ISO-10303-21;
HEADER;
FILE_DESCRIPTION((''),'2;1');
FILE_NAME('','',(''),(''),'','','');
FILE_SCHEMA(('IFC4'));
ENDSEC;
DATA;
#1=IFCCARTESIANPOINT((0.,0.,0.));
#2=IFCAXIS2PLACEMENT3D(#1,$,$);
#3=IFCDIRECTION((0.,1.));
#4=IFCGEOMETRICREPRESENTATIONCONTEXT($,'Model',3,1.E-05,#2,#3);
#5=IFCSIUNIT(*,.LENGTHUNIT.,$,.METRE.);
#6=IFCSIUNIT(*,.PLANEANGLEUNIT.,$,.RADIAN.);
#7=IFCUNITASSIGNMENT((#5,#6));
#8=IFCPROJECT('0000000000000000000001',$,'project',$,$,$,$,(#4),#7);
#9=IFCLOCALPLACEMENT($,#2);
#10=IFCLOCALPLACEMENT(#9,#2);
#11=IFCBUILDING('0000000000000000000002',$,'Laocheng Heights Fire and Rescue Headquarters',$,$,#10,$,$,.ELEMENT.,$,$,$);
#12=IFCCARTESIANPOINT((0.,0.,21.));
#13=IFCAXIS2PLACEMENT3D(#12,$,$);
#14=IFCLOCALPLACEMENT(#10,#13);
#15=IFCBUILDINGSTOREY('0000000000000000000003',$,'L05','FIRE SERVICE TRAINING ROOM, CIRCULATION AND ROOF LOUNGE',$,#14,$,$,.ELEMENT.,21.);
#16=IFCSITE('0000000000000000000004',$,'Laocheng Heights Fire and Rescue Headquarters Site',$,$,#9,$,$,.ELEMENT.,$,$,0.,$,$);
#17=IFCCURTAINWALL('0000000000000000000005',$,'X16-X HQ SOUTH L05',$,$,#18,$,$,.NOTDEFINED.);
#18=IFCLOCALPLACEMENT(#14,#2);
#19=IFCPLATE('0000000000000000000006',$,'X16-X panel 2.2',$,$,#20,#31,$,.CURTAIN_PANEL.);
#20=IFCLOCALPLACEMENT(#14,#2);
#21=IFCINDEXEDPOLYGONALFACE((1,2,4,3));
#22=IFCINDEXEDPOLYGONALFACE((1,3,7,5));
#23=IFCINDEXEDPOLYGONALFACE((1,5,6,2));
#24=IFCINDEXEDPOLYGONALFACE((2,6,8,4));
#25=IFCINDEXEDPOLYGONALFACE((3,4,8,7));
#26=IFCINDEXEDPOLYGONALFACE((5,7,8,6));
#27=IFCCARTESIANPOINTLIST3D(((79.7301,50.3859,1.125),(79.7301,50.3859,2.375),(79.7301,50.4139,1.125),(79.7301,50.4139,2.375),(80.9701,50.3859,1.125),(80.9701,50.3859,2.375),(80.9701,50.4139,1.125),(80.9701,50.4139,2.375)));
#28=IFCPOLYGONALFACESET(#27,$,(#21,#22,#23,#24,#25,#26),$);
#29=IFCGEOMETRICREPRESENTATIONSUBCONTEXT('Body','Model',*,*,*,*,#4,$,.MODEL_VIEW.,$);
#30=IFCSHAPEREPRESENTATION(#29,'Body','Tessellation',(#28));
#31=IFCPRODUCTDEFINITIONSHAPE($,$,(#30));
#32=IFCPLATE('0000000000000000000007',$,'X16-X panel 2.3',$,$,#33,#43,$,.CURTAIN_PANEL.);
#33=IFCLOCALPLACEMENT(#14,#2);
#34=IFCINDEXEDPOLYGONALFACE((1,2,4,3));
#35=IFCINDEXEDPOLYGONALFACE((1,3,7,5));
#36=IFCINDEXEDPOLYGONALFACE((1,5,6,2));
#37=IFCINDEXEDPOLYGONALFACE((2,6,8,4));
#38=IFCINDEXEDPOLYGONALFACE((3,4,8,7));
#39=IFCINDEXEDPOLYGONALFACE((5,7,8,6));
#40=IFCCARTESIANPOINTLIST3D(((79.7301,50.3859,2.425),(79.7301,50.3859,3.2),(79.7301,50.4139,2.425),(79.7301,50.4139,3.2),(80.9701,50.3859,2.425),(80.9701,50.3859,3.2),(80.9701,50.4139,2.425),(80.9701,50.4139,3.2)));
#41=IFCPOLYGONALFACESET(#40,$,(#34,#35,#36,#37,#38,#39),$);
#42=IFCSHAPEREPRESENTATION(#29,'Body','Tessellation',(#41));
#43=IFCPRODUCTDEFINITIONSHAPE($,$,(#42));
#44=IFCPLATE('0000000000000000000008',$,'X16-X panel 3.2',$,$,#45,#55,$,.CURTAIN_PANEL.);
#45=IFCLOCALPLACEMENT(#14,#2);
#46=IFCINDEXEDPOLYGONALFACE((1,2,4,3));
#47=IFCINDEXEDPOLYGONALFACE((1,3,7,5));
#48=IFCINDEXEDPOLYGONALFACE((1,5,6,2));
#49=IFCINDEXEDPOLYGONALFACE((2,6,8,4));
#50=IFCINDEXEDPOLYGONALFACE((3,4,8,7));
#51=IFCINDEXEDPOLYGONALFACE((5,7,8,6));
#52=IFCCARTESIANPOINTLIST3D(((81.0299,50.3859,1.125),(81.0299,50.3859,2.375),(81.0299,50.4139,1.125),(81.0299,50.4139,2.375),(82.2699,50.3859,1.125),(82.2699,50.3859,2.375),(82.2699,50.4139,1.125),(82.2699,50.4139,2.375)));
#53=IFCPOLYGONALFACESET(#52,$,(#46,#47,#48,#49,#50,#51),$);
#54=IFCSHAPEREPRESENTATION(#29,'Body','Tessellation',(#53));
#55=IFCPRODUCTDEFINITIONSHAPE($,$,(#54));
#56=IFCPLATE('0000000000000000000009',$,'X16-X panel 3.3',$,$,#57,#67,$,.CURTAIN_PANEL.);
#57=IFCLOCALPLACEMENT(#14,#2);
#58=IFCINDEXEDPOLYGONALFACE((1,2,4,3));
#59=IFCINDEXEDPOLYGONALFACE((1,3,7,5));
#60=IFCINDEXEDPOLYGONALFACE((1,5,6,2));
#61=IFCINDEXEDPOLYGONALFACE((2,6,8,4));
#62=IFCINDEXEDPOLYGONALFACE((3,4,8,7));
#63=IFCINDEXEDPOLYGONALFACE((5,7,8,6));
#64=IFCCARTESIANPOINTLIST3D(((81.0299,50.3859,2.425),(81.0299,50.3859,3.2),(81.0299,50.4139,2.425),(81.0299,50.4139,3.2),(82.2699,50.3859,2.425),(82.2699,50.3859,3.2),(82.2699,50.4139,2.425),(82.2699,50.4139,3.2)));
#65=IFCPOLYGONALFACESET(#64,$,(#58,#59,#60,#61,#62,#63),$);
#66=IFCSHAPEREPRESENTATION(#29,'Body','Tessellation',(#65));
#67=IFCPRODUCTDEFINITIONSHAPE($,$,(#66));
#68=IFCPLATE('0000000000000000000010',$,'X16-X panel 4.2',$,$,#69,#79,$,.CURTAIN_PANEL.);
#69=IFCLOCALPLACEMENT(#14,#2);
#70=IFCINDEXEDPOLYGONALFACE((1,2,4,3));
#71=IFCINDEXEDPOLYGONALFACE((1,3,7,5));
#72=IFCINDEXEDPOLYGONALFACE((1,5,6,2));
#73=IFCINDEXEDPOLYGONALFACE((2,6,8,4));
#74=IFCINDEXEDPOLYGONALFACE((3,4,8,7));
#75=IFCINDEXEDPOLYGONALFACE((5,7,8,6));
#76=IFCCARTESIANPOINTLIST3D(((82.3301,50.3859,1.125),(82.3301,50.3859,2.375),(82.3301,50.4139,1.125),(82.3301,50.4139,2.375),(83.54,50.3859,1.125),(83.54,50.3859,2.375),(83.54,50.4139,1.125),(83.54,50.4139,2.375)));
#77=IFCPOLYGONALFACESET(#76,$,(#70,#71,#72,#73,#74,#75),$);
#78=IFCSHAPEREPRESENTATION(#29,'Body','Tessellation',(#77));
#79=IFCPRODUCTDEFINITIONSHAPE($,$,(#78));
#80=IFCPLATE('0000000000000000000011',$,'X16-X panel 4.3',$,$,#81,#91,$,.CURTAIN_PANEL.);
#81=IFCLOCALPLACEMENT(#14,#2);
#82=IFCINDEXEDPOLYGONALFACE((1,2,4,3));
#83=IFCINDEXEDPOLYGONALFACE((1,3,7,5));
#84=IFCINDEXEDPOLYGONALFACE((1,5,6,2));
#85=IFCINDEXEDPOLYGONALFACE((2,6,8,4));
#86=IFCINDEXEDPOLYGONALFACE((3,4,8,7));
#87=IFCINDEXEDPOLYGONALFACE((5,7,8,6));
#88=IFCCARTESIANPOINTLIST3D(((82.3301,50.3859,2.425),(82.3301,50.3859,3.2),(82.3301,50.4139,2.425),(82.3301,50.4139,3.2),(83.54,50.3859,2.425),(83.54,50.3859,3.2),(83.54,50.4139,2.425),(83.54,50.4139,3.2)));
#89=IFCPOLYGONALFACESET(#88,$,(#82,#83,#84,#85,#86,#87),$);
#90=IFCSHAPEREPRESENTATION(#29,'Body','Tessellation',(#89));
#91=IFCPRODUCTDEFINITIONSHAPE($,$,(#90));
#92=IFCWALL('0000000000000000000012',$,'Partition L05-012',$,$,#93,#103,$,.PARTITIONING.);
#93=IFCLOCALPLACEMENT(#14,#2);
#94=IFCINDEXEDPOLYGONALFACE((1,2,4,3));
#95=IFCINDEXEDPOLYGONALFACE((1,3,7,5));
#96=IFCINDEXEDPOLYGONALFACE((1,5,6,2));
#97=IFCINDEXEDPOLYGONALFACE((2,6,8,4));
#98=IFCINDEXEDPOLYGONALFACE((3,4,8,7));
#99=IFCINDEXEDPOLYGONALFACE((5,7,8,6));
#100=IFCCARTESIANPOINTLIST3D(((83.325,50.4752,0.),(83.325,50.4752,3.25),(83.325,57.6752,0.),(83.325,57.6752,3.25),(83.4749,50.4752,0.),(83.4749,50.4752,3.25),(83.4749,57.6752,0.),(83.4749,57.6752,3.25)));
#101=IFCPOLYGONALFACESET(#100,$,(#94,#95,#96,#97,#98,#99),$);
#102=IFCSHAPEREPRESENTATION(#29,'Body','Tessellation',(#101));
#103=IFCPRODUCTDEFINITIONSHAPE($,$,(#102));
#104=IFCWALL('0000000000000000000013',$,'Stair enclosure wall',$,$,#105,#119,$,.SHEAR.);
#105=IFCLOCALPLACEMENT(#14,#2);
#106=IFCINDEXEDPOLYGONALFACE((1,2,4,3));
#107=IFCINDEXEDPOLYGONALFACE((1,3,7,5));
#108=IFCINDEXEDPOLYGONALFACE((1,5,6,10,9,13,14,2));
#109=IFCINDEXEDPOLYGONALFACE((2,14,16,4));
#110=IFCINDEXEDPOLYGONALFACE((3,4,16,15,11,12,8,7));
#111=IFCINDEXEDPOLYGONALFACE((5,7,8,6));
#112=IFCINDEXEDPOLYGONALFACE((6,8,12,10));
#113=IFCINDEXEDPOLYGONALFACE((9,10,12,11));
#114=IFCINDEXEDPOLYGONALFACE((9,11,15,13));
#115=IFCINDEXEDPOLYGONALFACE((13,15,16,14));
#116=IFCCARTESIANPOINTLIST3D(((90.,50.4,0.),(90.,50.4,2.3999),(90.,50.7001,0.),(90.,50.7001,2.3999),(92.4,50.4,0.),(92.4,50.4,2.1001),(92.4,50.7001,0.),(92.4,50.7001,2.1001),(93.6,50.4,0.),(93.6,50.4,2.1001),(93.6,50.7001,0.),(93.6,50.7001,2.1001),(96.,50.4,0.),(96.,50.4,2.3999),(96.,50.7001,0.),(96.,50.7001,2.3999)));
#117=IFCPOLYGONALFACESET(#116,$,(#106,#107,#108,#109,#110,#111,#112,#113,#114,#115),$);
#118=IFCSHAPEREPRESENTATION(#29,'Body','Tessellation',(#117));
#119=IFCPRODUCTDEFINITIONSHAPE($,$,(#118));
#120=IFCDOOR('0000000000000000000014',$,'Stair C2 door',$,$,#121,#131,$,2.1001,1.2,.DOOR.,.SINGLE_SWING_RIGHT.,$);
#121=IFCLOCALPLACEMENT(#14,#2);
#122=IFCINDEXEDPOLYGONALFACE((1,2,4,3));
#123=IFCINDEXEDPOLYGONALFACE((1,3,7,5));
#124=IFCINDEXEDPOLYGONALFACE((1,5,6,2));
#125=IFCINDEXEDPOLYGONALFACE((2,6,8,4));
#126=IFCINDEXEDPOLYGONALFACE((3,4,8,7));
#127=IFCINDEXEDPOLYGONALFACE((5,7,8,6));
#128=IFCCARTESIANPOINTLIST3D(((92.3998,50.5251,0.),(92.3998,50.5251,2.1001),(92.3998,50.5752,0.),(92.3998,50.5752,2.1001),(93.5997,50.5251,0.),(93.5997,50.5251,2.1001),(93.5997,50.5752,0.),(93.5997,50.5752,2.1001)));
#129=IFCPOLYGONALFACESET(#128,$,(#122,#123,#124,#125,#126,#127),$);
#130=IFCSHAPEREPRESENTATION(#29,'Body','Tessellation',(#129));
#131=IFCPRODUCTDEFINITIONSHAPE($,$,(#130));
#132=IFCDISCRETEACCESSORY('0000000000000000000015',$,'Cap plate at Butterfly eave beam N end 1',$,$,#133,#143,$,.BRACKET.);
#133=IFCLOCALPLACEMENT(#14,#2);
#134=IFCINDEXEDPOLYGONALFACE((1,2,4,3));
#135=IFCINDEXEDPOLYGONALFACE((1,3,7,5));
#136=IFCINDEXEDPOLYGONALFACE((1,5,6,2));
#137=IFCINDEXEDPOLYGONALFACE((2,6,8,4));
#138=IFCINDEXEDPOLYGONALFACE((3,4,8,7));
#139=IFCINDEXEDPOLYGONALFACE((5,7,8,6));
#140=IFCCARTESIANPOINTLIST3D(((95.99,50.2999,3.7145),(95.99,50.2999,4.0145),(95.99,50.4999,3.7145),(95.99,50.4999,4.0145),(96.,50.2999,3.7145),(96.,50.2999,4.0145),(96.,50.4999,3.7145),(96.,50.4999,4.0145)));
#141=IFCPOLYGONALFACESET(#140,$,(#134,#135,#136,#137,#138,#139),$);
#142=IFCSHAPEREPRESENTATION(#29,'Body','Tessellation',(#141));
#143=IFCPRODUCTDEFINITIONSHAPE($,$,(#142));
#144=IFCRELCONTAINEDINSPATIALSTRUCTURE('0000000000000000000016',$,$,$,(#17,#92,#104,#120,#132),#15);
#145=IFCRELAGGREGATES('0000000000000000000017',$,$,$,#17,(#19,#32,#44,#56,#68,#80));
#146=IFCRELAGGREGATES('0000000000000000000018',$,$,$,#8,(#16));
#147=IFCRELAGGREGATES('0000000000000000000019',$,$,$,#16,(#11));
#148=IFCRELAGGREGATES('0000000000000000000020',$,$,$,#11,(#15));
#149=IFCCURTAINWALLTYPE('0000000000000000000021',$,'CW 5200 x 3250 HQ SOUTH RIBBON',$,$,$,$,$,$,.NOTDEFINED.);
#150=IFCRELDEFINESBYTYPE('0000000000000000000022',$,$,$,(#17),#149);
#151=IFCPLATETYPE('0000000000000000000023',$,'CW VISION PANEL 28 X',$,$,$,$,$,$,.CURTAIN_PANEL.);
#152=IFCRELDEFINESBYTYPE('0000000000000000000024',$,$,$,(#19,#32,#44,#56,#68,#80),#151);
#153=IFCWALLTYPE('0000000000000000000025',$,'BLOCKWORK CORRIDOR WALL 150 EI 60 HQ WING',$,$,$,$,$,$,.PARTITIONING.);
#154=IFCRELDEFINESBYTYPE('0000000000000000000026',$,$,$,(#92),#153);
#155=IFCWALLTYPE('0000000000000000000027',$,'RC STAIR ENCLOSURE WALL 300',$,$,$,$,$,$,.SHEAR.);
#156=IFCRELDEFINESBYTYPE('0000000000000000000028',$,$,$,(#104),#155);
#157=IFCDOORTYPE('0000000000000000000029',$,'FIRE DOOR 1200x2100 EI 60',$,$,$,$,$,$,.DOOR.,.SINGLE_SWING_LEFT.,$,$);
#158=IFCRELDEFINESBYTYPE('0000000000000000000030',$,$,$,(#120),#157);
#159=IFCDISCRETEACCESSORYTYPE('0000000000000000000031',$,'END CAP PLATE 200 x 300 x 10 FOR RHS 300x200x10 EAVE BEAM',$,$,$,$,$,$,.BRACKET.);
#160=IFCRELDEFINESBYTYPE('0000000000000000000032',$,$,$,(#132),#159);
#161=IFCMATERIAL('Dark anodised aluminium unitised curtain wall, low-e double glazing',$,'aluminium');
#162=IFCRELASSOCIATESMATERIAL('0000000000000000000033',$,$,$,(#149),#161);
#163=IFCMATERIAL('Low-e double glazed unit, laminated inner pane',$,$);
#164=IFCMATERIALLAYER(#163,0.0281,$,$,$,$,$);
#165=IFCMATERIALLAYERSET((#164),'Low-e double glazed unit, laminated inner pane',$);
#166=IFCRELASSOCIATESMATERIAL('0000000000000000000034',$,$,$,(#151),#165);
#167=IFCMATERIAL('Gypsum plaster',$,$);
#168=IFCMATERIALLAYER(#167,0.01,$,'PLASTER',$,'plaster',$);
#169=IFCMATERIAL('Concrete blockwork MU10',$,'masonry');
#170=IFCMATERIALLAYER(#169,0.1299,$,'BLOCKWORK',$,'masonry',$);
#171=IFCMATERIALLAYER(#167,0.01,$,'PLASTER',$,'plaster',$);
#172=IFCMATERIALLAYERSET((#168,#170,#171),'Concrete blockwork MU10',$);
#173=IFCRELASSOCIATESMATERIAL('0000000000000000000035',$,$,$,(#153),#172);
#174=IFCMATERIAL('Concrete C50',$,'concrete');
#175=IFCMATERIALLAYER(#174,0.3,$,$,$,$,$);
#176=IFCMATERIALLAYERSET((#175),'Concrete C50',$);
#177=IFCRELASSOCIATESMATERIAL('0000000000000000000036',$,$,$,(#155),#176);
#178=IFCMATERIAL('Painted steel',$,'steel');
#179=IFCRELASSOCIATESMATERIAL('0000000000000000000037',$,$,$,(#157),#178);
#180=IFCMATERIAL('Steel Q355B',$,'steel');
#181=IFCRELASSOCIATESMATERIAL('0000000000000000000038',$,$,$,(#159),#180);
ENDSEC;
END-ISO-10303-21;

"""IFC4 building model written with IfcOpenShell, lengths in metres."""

from ifc_helpers import new_model, si_unit, direction, frame, frame_2d, origin, origin_2d, place, context, subcontext, project, spatial, rectangle, extrude, material, layer, layer_set, material_profile, profile_set, type_object, element, fill, aggregate, save


model = new_model("IFC4")

# Units and contexts
model_context = context("Model", 3, precision=1e-05, world=origin(), true_north=direction((0.0, 1.0)))
body_context = subcontext(model_context, "Body", "Model", "MODEL_VIEW")
ifc_project = project(units=[si_unit("LENGTHUNIT", "METRE"), si_unit("PLANEANGLEUNIT", "RADIAN")], contexts=[model_context])

# Site, building, storey
site_placement = place(None, origin())
site = spatial("IfcSite", under=ifc_project, at=site_placement, Name="Laocheng Heights Fire and Rescue Headquarters Site", CompositionType="ELEMENT", RefElevation=0.0)
building_placement = place(site_placement, origin())
building = spatial("IfcBuilding", under=site, at=building_placement, Name="Laocheng Heights Fire and Rescue Headquarters", CompositionType="ELEMENT")
storey_placement = place(building_placement, frame((0.0, 0.0, 21.0)))
storey = spatial("IfcBuildingStorey", under=building, at=storey_placement, Name="L05", Description="FIRE SERVICE TRAINING ROOM, CIRCULATION AND ROOF LOUNGE", CompositionType="ELEMENT", Elevation=21.0)

# Curtain wall
ifc_material_1 = material(Name="Dark anodised aluminium unitised curtain wall, low-e double glazing", Category="aluminium")
curtain_wall_type = type_object("IfcCurtainWallType", Name="CW 5200 x 3250 HQ SOUTH RIBBON", PredefinedType="NOTDEFINED", material=ifc_material_1)
curtain_wall_placement = place(storey_placement, origin())
curtain_wall = element("IfcCurtainWall", 1, at=curtain_wall_placement, inside=storey, type_object=curtain_wall_type, Name="X16-X HQ SOUTH L05", PredefinedType="NOTDEFINED")

# Plates
ifc_material_2 = material(Name="Low-e double glazed unit, laminated inner pane")
ifc_layer_1 = layer(ifc_material_2, 0.0281)
ifc_layer_set_1 = layer_set([ifc_layer_1], Name="Low-e double glazed unit, laminated inner pane")
plate_type_1 = type_object("IfcPlateType", Name="CW VISION PANEL 28 X", PredefinedType="CURTAIN_PANEL", material=ifc_layer_set_1)
plate_1_placement = place(storey_placement, frame((80.3501, 50.3999, 1.125), z_axis=(0.0, 0.0, 1.0), x_axis=(1.0, 0.0, 0.0)))
plate_1 = element("IfcPlate", 2, at=plate_1_placement, type_object=plate_type_1, Name="X16-X panel 2.2", PredefinedType="CURTAIN_PANEL", context=body_context, shape_type="SweptSolid", body=[
    extrude(rectangle(XDim=1.24, YDim=0.0281, at=origin_2d()), origin(), (0.0, 0.0, 1.0), 1.25),
])
plate_2_placement = place(storey_placement, frame((80.3501, 50.3999, 2.425), z_axis=(0.0, 0.0, 1.0), x_axis=(1.0, 0.0, 0.0)))
plate_2 = element("IfcPlate", 3, at=plate_2_placement, type_object=plate_type_1, Name="X16-X panel 2.3", PredefinedType="CURTAIN_PANEL", context=body_context, shape_type="SweptSolid", body=[
    extrude(rectangle(XDim=1.24, YDim=0.0281, at=origin_2d()), origin(), (0.0, 0.0, 1.0), 0.7749),
])
plate_3_placement = place(storey_placement, frame((81.6499, 50.3999, 1.125), z_axis=(0.0, 0.0, 1.0), x_axis=(1.0, 0.0, 0.0)))
plate_3 = element("IfcPlate", 4, at=plate_3_placement, type_object=plate_type_1, Name="X16-X panel 3.2", PredefinedType="CURTAIN_PANEL", context=body_context, shape_type="SweptSolid", body=[
    extrude(rectangle(XDim=1.24, YDim=0.0281, at=origin_2d()), origin(), (0.0, 0.0, 1.0), 1.25),
])
plate_4_placement = place(storey_placement, frame((81.6499, 50.3999, 2.425), z_axis=(0.0, 0.0, 1.0), x_axis=(1.0, 0.0, 0.0)))
plate_4 = element("IfcPlate", 5, at=plate_4_placement, type_object=plate_type_1, Name="X16-X panel 3.3", PredefinedType="CURTAIN_PANEL", context=body_context, shape_type="SweptSolid", body=[
    extrude(rectangle(XDim=1.24, YDim=0.0281, at=origin_2d()), origin(), (0.0, 0.0, 1.0), 0.7749),
])
plate_5_placement = place(storey_placement, frame((82.9351, 50.3999, 1.125), z_axis=(0.0, 0.0, 1.0), x_axis=(1.0, 0.0, 0.0)))
plate_5 = element("IfcPlate", 6, at=plate_5_placement, type_object=plate_type_1, Name="X16-X panel 4.2", PredefinedType="CURTAIN_PANEL", context=body_context, shape_type="SweptSolid", body=[
    extrude(rectangle(XDim=1.21, YDim=0.0281, at=origin_2d()), origin(), (0.0, 0.0, 1.0), 1.25),
])
plate_6_placement = place(storey_placement, frame((82.9351, 50.3999, 2.425), z_axis=(0.0, 0.0, 1.0), x_axis=(1.0, 0.0, 0.0)))
plate_6 = element("IfcPlate", 7, at=plate_6_placement, type_object=plate_type_1, Name="X16-X panel 4.3", PredefinedType="CURTAIN_PANEL", context=body_context, shape_type="SweptSolid", body=[
    extrude(rectangle(XDim=1.21, YDim=0.0281, at=origin_2d()), origin(), (0.0, 0.0, 1.0), 0.7749),
])
aggregate(curtain_wall, [plate_1, plate_2, plate_3, plate_4, plate_5, plate_6])

# Wall
ifc_material_3 = material(Name="Gypsum plaster")
ifc_layer_2 = layer(ifc_material_3, 0.01, Name="PLASTER", Category="plaster")
ifc_material_4 = material(Name="Concrete blockwork MU10", Category="masonry")
ifc_layer_3 = layer(ifc_material_4, 0.1299, Name="BLOCKWORK", Category="masonry")
ifc_layer_4 = layer(ifc_material_3, 0.01, Name="PLASTER", Category="plaster")
ifc_layer_set_2 = layer_set([ifc_layer_2, ifc_layer_3, ifc_layer_4], Name="Concrete blockwork MU10")
wall_type_1 = type_object("IfcWallType", Name="BLOCKWORK CORRIDOR WALL 150 EI 60 HQ WING", PredefinedType="PARTITIONING", material=ifc_layer_set_2)
wall_1_placement = place(storey_placement, frame((83.3999, 50.4751, 0.0), z_axis=(0.0, 0.0, 1.0), x_axis=(0.0, 1.0, 0.0)))
element("IfcWall", 8, at=wall_1_placement, inside=storey, type_object=wall_type_1, Name="Partition L05-012", PredefinedType="PARTITIONING", context=body_context, shape_type="SweptSolid", body=[
    extrude(rectangle(XDim=7.2, YDim=0.1499, at=frame_2d((3.6001, 0.0))), origin(), (0.0, 0.0, 1.0), 3.25),
])

# Wall, opening, door
ifc_material_5 = material(Name="Concrete C50", Category="concrete")
ifc_layer_5 = layer(ifc_material_5, 0.3)
ifc_layer_set_3 = layer_set([ifc_layer_5], Name="Concrete C50")
wall_type_2 = type_object("IfcWallType", Name="RC STAIR ENCLOSURE WALL 300", PredefinedType="SHEAR", material=ifc_layer_set_3)
wall_2_placement = place(storey_placement, frame((90.0, 50.55, 0.0), z_axis=(0.0, 0.0, 1.0), x_axis=(1.0, 0.0, 0.0)))
wall_2 = element("IfcWall", 9, at=wall_2_placement, inside=storey, type_object=wall_type_2, Name="Stair enclosure wall", PredefinedType="SHEAR", context=body_context, shape_type="SweptSolid", body=[
    extrude(rectangle(XDim=6.0, YDim=0.3, at=frame_2d((3.0, 0.0))), origin(), (0.0, 0.0, 1.0), 2.3999),
])
opening_placement = place(wall_2_placement, frame((2.3999, 0.0, 0.0)))
opening = element("IfcOpeningElement", 10, at=opening_placement, cuts=wall_2, PredefinedType="OPENING", context=body_context, shape_type="SweptSolid", body=[
    extrude(rectangle(XDim=1.2, YDim=2.1001, at=frame_2d((0.6001, 1.05))), frame((0.0, 0.1599, 0.0), z_axis=(0.0, -1.0, 0.0), x_axis=(1.0, 0.0, 0.0)), (0.0, 0.0, 1.0), 0.3201),
])
ifc_material_6 = material(Name="Painted steel", Category="steel")
door_type = type_object("IfcDoorType", Name="FIRE DOOR 1200x2100 EI 60", OperationType="SINGLE_SWING_LEFT", PredefinedType="DOOR", material=ifc_material_6)
door_placement = place(opening_placement, frame((1.2, 0.0, 0.0), z_axis=(0.0, 0.0, 1.0), x_axis=(-1.0, 0.0, 0.0)))
door = element("IfcDoor", 11, at=door_placement, inside=storey, type_object=door_type, Name="Stair C2 door", OperationType="SINGLE_SWING_RIGHT", OverallHeight=2.1001, OverallWidth=1.2, PredefinedType="DOOR", context=body_context, shape_type="SweptSolid", body=[
    extrude(rectangle(XDim=1.2, YDim=2.1001, at=frame_2d((0.6001, 1.05))), frame((0.0, 0.0249, 0.0), z_axis=(0.0, -1.0, 0.0), x_axis=(1.0, 0.0, 0.0)), (0.0, 0.0, 1.0), 0.05),
])
fill(opening, door)

# Discrete accessory
ifc_material_7 = material(Name="Steel Q355B", Category="steel")
ifc_material_profile_1 = material_profile(ifc_material_7, rectangle(XDim=0.2, YDim=0.3, at=origin_2d()), Name="END CAP PLATE 200 x 300 x 10 FOR RHS 300x200x10 EAVE BEAM")
ifc_profile_set_1 = profile_set([ifc_material_profile_1], Name="Steel Q355B")
discrete_accessory_type = type_object("IfcDiscreteAccessoryType", Name="END CAP PLATE 200 x 300 x 10 FOR RHS 300x200x10 EAVE BEAM", PredefinedType="BRACKET", material=ifc_profile_set_1)
discrete_accessory_placement = place(storey_placement, frame((95.99, 50.3999, 3.8645), z_axis=(1.0, 0.0, 0.0), x_axis=(0.0, 1.0, 0.0)))
element("IfcDiscreteAccessory", 12, at=discrete_accessory_placement, inside=storey, type_object=discrete_accessory_type, Name="Cap plate at Butterfly eave beam N end 1", PredefinedType="BRACKET", context=body_context, shape_type="SweptSolid", body=[
    extrude(rectangle(XDim=0.2, YDim=0.3, at=origin_2d()), origin(), (0.0, 0.0, 1.0), 0.01),
])

save(model, "model.ifc")
